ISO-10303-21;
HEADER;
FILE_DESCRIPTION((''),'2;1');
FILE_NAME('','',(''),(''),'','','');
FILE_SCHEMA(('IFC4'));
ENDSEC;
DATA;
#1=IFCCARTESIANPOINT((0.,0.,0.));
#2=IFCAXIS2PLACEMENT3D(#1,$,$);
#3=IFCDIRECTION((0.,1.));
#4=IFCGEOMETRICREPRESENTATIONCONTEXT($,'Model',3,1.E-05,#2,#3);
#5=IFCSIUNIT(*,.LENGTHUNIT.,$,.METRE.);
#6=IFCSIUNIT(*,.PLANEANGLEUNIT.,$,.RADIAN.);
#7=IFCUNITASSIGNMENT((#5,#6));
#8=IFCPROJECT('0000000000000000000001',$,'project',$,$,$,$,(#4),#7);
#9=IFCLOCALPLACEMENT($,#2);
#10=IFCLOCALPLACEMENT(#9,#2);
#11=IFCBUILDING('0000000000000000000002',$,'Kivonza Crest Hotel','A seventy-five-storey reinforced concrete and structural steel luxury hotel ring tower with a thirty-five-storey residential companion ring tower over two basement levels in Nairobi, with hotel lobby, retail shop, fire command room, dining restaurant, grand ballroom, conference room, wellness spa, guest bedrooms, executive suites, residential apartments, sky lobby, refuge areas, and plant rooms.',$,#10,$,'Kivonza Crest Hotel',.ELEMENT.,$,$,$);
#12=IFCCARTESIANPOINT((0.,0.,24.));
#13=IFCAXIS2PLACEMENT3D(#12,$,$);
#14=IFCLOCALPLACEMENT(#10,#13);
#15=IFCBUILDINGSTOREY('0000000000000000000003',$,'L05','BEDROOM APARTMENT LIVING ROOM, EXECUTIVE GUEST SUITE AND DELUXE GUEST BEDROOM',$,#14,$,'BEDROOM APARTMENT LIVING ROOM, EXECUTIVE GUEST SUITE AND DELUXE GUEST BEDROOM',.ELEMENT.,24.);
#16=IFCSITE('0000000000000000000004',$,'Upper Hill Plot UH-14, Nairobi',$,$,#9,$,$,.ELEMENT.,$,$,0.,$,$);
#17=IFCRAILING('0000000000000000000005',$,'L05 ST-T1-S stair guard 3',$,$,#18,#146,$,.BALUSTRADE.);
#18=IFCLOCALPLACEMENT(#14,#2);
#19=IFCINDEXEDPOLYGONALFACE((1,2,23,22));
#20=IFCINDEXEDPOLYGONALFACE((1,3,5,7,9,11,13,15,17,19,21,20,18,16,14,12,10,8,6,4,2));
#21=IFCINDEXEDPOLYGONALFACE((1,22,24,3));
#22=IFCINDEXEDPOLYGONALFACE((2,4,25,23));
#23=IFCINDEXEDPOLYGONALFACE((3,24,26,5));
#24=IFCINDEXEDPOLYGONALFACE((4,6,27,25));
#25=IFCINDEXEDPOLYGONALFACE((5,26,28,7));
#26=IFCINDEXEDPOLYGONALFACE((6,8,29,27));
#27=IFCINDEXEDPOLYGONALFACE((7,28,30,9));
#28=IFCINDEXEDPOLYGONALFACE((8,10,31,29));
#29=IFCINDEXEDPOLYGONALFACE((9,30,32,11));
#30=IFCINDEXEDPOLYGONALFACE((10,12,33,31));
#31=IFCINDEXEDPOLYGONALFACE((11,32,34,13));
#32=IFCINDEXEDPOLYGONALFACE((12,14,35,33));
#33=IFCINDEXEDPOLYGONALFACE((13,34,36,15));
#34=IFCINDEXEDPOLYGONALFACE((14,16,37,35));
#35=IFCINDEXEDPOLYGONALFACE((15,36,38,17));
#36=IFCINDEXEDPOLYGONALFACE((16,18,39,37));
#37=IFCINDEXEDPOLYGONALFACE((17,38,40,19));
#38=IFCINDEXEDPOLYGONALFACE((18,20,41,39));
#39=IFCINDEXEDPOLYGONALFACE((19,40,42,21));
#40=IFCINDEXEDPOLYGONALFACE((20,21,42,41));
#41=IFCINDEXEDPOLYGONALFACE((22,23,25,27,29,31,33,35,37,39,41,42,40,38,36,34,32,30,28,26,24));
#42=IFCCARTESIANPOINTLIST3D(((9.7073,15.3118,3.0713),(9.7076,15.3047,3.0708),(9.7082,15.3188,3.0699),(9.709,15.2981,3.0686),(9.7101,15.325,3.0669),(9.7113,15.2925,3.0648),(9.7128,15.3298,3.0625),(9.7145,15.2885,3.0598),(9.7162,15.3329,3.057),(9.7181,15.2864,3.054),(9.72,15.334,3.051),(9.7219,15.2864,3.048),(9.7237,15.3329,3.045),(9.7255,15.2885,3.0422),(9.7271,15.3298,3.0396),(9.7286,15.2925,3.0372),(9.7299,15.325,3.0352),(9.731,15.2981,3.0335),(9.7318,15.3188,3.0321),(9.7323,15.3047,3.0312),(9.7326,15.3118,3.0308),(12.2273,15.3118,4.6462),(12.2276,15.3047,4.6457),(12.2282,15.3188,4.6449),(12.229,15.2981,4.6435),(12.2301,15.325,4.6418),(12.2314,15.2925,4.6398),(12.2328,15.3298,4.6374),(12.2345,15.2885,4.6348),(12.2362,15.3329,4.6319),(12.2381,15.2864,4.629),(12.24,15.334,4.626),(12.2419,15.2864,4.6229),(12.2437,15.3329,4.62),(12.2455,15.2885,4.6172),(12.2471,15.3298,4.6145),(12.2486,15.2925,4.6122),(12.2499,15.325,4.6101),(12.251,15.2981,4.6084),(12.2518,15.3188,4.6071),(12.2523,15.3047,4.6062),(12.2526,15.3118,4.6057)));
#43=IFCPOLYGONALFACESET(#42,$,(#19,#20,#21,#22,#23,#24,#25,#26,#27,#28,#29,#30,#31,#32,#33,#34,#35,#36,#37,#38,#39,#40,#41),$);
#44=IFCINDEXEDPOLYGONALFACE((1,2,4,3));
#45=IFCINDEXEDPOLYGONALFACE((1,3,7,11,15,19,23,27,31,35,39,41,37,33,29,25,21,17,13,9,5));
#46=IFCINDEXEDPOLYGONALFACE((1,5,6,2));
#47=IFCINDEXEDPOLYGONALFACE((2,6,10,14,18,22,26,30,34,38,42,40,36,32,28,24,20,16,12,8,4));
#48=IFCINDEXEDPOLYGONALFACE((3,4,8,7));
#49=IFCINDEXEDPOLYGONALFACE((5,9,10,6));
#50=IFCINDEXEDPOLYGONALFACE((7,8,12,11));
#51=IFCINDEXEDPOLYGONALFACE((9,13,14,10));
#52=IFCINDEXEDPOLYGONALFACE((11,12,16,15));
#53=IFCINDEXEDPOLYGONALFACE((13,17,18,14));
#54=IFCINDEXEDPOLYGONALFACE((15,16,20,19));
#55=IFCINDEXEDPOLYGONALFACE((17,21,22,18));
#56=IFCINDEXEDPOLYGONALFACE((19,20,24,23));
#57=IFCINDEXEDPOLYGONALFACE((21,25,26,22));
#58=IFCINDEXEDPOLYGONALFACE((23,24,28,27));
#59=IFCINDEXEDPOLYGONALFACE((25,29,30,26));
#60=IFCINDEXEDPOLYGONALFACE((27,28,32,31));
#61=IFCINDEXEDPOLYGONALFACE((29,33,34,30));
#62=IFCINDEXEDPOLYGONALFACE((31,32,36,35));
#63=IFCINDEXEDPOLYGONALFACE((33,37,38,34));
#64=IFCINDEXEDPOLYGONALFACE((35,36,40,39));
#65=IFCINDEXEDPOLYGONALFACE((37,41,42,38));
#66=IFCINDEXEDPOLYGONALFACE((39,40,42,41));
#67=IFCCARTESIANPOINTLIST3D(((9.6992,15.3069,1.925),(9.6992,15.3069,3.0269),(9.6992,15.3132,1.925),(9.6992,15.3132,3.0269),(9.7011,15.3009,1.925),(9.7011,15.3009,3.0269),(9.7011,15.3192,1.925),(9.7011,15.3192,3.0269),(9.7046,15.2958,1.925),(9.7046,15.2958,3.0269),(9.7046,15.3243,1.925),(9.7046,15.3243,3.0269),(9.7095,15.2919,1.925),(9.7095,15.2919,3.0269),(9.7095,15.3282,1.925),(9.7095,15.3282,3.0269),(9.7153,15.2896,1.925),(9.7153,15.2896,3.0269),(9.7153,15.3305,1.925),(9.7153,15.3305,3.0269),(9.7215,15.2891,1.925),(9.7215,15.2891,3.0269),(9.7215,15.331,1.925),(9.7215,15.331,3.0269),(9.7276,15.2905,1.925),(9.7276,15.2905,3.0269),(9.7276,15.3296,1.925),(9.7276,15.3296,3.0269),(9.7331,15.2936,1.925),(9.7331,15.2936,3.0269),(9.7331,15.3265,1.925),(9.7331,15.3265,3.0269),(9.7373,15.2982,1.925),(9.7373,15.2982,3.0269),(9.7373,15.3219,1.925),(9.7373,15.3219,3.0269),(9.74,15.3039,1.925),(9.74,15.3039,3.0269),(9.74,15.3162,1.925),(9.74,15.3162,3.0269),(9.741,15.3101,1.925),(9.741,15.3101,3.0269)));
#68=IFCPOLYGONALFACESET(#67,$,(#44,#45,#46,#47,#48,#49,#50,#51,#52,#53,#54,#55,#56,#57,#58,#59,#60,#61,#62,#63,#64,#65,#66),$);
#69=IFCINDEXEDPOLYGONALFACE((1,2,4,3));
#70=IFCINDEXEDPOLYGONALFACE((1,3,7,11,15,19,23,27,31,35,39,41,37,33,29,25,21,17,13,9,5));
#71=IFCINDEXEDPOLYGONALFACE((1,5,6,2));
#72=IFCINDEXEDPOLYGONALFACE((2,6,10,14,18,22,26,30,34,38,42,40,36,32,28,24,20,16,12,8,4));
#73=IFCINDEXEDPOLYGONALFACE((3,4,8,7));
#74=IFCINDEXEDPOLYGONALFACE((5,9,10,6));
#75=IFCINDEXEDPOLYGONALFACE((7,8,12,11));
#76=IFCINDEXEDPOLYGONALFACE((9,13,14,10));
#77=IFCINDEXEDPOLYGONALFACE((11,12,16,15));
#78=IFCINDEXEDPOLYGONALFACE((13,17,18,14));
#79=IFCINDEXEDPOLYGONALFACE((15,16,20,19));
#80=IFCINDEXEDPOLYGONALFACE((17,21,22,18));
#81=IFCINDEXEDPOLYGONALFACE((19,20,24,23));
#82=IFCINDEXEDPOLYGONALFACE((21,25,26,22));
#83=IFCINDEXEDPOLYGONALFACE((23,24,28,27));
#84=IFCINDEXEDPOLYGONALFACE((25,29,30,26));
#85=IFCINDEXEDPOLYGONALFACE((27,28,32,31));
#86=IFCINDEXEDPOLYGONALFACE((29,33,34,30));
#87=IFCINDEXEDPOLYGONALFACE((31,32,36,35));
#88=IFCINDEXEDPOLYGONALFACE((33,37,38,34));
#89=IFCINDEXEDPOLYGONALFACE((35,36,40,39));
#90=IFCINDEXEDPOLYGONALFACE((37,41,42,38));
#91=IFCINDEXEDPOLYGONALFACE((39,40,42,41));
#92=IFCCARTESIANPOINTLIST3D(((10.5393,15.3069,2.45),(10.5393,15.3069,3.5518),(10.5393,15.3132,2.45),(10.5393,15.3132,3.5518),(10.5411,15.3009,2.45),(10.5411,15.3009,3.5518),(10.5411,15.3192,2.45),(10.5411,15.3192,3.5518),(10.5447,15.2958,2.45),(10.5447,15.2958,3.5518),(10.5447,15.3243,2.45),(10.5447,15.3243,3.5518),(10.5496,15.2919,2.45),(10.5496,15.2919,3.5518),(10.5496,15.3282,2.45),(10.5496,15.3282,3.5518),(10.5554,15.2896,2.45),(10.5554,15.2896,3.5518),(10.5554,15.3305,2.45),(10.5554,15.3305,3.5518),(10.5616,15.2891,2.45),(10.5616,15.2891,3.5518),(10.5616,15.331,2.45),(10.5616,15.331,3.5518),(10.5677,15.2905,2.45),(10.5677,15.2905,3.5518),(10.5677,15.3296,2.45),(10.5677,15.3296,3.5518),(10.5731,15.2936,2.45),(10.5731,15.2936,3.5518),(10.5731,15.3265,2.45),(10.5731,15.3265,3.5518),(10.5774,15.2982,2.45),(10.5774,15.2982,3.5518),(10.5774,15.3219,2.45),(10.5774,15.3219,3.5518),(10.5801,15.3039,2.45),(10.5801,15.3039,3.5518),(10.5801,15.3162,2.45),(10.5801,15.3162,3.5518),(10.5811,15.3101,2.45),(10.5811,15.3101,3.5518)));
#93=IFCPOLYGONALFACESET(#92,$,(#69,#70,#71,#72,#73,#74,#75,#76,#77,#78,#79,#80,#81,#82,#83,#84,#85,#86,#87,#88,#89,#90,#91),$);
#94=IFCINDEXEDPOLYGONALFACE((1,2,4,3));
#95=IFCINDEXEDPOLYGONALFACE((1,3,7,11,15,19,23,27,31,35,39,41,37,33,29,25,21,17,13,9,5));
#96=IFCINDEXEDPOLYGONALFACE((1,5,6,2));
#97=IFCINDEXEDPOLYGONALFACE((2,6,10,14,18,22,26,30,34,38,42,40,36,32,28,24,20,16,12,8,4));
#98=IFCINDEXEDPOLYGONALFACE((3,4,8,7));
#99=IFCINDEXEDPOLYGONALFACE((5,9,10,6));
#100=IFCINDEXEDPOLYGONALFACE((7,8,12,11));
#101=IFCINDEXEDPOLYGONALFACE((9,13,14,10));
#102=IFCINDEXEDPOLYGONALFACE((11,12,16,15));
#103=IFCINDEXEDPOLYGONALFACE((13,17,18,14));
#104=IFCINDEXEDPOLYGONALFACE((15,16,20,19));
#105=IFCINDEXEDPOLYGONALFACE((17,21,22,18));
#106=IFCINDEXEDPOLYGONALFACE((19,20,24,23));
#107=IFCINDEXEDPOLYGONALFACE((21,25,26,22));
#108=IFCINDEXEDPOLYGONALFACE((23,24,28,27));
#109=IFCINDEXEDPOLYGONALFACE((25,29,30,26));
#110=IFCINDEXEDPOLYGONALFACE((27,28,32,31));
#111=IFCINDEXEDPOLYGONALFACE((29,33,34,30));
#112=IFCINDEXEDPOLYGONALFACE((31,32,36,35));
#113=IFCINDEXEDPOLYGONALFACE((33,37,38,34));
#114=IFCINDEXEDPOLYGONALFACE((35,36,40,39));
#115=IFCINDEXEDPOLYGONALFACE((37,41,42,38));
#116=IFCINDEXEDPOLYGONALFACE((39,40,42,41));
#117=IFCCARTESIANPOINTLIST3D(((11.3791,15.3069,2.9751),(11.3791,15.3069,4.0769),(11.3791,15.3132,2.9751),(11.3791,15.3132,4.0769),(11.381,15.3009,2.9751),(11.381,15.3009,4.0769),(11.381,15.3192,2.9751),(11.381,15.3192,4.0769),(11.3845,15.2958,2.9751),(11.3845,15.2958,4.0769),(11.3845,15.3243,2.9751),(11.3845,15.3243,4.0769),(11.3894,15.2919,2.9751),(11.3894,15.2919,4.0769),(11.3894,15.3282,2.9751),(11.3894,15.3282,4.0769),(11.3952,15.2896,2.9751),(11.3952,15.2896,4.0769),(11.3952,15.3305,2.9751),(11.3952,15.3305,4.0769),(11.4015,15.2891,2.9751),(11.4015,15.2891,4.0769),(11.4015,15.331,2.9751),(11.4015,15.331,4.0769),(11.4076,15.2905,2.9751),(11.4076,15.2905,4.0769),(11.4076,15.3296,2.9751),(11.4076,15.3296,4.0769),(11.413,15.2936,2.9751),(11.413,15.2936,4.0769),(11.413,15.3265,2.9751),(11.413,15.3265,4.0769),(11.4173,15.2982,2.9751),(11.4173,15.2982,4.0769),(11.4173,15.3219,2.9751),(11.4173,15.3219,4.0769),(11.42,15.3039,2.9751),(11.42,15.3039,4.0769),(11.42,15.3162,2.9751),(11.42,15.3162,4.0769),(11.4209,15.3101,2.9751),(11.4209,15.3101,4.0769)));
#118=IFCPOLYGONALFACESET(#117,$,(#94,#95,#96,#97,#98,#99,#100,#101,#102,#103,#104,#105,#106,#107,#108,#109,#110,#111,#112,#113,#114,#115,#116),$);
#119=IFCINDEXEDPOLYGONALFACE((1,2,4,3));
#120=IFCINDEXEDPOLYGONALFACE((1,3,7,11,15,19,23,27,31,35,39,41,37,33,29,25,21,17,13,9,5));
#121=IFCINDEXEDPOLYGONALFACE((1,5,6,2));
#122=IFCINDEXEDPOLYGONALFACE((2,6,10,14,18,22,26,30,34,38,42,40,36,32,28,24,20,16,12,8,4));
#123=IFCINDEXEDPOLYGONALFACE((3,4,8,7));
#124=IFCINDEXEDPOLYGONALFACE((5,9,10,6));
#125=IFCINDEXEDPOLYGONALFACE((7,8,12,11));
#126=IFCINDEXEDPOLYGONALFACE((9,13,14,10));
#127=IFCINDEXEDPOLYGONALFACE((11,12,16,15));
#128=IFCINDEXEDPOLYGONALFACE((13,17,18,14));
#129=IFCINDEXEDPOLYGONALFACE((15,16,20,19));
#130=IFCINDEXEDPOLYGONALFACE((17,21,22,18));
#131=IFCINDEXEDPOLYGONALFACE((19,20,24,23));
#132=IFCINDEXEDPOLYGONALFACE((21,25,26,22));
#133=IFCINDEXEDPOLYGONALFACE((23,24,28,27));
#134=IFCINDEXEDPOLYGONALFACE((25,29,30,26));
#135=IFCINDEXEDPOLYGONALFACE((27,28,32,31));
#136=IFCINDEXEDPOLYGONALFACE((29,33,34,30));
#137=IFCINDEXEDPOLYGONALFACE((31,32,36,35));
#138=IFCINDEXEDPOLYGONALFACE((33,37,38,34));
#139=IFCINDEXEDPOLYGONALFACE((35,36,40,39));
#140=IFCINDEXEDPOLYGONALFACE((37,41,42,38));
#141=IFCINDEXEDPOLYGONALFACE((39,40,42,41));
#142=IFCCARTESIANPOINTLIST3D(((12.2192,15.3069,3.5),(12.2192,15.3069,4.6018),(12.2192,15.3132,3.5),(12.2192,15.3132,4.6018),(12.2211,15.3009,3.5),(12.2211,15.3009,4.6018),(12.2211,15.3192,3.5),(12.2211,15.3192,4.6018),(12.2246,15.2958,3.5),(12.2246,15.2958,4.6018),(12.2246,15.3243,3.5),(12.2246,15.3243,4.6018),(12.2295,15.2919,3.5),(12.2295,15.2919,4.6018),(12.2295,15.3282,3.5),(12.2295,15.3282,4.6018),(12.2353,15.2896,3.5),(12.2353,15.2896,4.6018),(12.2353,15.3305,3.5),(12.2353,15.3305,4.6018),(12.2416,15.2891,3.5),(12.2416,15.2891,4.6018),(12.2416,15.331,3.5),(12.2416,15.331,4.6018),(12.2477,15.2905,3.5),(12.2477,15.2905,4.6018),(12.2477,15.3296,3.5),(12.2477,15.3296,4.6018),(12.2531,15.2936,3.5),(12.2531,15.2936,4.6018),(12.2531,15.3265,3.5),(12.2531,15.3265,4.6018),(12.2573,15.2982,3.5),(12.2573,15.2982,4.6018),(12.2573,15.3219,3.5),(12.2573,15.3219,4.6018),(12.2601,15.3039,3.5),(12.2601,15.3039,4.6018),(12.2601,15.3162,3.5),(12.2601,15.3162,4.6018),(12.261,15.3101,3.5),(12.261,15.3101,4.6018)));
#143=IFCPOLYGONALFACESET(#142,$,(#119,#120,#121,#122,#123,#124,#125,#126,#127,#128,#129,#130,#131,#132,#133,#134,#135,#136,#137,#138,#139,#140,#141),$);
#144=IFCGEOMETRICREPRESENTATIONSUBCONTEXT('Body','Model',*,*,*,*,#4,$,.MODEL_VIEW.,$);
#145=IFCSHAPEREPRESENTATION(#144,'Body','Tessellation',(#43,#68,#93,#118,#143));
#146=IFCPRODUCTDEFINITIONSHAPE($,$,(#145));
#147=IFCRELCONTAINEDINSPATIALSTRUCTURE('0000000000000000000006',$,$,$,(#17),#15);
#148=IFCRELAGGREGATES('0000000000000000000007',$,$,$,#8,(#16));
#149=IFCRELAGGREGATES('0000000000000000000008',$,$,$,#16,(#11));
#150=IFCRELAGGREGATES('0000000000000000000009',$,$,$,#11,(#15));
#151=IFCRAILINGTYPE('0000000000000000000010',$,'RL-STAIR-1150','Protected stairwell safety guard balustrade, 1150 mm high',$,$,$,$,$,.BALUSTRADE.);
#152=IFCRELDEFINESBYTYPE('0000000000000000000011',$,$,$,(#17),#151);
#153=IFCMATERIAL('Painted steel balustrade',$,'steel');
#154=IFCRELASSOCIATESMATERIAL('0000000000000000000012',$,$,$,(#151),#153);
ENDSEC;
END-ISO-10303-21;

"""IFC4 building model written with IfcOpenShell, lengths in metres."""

from ifc_helpers import new_model, si_unit, direction, frame, origin, origin_2d, place, context, subcontext, project, spatial, circle, extrude, material, type_object, element, save


model = new_model("IFC4")

# Units and contexts
model_context = context("Model", 3, precision=1e-05, world=origin(), true_north=direction((0.0, 1.0)))
body_context = subcontext(model_context, "Body", "Model", "MODEL_VIEW")
ifc_project = project(units=[si_unit("LENGTHUNIT", "METRE"), si_unit("PLANEANGLEUNIT", "RADIAN")], contexts=[model_context])

# Site, building, storey
site_placement = place(None, origin())
site = spatial("IfcSite", under=ifc_project, at=site_placement, Name="Upper Hill Plot UH-14, Nairobi", CompositionType="ELEMENT", RefElevation=0.0)
building_placement = place(site_placement, origin())
building = spatial("IfcBuilding", under=site, at=building_placement, Name="Kivonza Crest Hotel", Description="A seventy-five-storey reinforced concrete and structural steel luxury hotel ring tower with a thirty-five-storey residential companion ring tower over two basement levels in Nairobi, with hotel lobby, retail shop, fire command room, dining restaurant, grand ballroom, conference room, wellness spa, guest bedrooms, executive suites, residential apartments, sky lobby, refuge areas, and plant rooms.", LongName="Kivonza Crest Hotel", CompositionType="ELEMENT")
storey_placement = place(building_placement, frame((0.0, 0.0, 24.0)))
storey = spatial("IfcBuildingStorey", under=building, at=storey_placement, Name="L05", Description="BEDROOM APARTMENT LIVING ROOM, EXECUTIVE GUEST SUITE AND DELUXE GUEST BEDROOM", LongName="BEDROOM APARTMENT LIVING ROOM, EXECUTIVE GUEST SUITE AND DELUXE GUEST BEDROOM", CompositionType="ELEMENT", Elevation=24.0)

# Railing
ifc_material_1 = material(Name="Painted steel balustrade", Category="steel")
railing_type_1 = type_object("IfcRailingType", Name="RL-STAIR-1150", Description="Protected stairwell safety guard balustrade, 1150 mm high", PredefinedType="BALUSTRADE", material=ifc_material_1)
railing_1_placement = place(storey_placement, frame((9.72, 15.3101, 1.925)))
element("IfcRailing", 1, at=railing_1_placement, inside=storey, type_object=railing_type_1, Name="L05 ST-T1-S stair guard 3", PredefinedType="BALUSTRADE", context=body_context, shape_type="SweptSolid", body=[
    extrude(circle(Radius=0.0239, at=origin_2d()), frame((0.0, 0.0, 1.126), z_axis=(0.848008, 0.0, 0.529984), x_axis=(0.0, 1.0, 0.0)), (0.0, 0.0, 1.0), 2.9717),
    extrude(circle(Radius=0.021, at=origin_2d()), origin(), (0.0, 0.0, 1.0), 1.1018),
    extrude(circle(Radius=0.021, at=origin_2d()), frame((0.8401, 0.0, 0.5249)), (0.0, 0.0, 1.0), 1.1018),
    extrude(circle(Radius=0.021, at=origin_2d()), frame((1.6799, 0.0, 1.05)), (0.0, 0.0, 1.0), 1.1018),
    extrude(circle(Radius=0.021, at=origin_2d()), frame((2.52, 0.0, 1.575)), (0.0, 0.0, 1.0), 1.1018),
])

save(model, "model.ifc")
